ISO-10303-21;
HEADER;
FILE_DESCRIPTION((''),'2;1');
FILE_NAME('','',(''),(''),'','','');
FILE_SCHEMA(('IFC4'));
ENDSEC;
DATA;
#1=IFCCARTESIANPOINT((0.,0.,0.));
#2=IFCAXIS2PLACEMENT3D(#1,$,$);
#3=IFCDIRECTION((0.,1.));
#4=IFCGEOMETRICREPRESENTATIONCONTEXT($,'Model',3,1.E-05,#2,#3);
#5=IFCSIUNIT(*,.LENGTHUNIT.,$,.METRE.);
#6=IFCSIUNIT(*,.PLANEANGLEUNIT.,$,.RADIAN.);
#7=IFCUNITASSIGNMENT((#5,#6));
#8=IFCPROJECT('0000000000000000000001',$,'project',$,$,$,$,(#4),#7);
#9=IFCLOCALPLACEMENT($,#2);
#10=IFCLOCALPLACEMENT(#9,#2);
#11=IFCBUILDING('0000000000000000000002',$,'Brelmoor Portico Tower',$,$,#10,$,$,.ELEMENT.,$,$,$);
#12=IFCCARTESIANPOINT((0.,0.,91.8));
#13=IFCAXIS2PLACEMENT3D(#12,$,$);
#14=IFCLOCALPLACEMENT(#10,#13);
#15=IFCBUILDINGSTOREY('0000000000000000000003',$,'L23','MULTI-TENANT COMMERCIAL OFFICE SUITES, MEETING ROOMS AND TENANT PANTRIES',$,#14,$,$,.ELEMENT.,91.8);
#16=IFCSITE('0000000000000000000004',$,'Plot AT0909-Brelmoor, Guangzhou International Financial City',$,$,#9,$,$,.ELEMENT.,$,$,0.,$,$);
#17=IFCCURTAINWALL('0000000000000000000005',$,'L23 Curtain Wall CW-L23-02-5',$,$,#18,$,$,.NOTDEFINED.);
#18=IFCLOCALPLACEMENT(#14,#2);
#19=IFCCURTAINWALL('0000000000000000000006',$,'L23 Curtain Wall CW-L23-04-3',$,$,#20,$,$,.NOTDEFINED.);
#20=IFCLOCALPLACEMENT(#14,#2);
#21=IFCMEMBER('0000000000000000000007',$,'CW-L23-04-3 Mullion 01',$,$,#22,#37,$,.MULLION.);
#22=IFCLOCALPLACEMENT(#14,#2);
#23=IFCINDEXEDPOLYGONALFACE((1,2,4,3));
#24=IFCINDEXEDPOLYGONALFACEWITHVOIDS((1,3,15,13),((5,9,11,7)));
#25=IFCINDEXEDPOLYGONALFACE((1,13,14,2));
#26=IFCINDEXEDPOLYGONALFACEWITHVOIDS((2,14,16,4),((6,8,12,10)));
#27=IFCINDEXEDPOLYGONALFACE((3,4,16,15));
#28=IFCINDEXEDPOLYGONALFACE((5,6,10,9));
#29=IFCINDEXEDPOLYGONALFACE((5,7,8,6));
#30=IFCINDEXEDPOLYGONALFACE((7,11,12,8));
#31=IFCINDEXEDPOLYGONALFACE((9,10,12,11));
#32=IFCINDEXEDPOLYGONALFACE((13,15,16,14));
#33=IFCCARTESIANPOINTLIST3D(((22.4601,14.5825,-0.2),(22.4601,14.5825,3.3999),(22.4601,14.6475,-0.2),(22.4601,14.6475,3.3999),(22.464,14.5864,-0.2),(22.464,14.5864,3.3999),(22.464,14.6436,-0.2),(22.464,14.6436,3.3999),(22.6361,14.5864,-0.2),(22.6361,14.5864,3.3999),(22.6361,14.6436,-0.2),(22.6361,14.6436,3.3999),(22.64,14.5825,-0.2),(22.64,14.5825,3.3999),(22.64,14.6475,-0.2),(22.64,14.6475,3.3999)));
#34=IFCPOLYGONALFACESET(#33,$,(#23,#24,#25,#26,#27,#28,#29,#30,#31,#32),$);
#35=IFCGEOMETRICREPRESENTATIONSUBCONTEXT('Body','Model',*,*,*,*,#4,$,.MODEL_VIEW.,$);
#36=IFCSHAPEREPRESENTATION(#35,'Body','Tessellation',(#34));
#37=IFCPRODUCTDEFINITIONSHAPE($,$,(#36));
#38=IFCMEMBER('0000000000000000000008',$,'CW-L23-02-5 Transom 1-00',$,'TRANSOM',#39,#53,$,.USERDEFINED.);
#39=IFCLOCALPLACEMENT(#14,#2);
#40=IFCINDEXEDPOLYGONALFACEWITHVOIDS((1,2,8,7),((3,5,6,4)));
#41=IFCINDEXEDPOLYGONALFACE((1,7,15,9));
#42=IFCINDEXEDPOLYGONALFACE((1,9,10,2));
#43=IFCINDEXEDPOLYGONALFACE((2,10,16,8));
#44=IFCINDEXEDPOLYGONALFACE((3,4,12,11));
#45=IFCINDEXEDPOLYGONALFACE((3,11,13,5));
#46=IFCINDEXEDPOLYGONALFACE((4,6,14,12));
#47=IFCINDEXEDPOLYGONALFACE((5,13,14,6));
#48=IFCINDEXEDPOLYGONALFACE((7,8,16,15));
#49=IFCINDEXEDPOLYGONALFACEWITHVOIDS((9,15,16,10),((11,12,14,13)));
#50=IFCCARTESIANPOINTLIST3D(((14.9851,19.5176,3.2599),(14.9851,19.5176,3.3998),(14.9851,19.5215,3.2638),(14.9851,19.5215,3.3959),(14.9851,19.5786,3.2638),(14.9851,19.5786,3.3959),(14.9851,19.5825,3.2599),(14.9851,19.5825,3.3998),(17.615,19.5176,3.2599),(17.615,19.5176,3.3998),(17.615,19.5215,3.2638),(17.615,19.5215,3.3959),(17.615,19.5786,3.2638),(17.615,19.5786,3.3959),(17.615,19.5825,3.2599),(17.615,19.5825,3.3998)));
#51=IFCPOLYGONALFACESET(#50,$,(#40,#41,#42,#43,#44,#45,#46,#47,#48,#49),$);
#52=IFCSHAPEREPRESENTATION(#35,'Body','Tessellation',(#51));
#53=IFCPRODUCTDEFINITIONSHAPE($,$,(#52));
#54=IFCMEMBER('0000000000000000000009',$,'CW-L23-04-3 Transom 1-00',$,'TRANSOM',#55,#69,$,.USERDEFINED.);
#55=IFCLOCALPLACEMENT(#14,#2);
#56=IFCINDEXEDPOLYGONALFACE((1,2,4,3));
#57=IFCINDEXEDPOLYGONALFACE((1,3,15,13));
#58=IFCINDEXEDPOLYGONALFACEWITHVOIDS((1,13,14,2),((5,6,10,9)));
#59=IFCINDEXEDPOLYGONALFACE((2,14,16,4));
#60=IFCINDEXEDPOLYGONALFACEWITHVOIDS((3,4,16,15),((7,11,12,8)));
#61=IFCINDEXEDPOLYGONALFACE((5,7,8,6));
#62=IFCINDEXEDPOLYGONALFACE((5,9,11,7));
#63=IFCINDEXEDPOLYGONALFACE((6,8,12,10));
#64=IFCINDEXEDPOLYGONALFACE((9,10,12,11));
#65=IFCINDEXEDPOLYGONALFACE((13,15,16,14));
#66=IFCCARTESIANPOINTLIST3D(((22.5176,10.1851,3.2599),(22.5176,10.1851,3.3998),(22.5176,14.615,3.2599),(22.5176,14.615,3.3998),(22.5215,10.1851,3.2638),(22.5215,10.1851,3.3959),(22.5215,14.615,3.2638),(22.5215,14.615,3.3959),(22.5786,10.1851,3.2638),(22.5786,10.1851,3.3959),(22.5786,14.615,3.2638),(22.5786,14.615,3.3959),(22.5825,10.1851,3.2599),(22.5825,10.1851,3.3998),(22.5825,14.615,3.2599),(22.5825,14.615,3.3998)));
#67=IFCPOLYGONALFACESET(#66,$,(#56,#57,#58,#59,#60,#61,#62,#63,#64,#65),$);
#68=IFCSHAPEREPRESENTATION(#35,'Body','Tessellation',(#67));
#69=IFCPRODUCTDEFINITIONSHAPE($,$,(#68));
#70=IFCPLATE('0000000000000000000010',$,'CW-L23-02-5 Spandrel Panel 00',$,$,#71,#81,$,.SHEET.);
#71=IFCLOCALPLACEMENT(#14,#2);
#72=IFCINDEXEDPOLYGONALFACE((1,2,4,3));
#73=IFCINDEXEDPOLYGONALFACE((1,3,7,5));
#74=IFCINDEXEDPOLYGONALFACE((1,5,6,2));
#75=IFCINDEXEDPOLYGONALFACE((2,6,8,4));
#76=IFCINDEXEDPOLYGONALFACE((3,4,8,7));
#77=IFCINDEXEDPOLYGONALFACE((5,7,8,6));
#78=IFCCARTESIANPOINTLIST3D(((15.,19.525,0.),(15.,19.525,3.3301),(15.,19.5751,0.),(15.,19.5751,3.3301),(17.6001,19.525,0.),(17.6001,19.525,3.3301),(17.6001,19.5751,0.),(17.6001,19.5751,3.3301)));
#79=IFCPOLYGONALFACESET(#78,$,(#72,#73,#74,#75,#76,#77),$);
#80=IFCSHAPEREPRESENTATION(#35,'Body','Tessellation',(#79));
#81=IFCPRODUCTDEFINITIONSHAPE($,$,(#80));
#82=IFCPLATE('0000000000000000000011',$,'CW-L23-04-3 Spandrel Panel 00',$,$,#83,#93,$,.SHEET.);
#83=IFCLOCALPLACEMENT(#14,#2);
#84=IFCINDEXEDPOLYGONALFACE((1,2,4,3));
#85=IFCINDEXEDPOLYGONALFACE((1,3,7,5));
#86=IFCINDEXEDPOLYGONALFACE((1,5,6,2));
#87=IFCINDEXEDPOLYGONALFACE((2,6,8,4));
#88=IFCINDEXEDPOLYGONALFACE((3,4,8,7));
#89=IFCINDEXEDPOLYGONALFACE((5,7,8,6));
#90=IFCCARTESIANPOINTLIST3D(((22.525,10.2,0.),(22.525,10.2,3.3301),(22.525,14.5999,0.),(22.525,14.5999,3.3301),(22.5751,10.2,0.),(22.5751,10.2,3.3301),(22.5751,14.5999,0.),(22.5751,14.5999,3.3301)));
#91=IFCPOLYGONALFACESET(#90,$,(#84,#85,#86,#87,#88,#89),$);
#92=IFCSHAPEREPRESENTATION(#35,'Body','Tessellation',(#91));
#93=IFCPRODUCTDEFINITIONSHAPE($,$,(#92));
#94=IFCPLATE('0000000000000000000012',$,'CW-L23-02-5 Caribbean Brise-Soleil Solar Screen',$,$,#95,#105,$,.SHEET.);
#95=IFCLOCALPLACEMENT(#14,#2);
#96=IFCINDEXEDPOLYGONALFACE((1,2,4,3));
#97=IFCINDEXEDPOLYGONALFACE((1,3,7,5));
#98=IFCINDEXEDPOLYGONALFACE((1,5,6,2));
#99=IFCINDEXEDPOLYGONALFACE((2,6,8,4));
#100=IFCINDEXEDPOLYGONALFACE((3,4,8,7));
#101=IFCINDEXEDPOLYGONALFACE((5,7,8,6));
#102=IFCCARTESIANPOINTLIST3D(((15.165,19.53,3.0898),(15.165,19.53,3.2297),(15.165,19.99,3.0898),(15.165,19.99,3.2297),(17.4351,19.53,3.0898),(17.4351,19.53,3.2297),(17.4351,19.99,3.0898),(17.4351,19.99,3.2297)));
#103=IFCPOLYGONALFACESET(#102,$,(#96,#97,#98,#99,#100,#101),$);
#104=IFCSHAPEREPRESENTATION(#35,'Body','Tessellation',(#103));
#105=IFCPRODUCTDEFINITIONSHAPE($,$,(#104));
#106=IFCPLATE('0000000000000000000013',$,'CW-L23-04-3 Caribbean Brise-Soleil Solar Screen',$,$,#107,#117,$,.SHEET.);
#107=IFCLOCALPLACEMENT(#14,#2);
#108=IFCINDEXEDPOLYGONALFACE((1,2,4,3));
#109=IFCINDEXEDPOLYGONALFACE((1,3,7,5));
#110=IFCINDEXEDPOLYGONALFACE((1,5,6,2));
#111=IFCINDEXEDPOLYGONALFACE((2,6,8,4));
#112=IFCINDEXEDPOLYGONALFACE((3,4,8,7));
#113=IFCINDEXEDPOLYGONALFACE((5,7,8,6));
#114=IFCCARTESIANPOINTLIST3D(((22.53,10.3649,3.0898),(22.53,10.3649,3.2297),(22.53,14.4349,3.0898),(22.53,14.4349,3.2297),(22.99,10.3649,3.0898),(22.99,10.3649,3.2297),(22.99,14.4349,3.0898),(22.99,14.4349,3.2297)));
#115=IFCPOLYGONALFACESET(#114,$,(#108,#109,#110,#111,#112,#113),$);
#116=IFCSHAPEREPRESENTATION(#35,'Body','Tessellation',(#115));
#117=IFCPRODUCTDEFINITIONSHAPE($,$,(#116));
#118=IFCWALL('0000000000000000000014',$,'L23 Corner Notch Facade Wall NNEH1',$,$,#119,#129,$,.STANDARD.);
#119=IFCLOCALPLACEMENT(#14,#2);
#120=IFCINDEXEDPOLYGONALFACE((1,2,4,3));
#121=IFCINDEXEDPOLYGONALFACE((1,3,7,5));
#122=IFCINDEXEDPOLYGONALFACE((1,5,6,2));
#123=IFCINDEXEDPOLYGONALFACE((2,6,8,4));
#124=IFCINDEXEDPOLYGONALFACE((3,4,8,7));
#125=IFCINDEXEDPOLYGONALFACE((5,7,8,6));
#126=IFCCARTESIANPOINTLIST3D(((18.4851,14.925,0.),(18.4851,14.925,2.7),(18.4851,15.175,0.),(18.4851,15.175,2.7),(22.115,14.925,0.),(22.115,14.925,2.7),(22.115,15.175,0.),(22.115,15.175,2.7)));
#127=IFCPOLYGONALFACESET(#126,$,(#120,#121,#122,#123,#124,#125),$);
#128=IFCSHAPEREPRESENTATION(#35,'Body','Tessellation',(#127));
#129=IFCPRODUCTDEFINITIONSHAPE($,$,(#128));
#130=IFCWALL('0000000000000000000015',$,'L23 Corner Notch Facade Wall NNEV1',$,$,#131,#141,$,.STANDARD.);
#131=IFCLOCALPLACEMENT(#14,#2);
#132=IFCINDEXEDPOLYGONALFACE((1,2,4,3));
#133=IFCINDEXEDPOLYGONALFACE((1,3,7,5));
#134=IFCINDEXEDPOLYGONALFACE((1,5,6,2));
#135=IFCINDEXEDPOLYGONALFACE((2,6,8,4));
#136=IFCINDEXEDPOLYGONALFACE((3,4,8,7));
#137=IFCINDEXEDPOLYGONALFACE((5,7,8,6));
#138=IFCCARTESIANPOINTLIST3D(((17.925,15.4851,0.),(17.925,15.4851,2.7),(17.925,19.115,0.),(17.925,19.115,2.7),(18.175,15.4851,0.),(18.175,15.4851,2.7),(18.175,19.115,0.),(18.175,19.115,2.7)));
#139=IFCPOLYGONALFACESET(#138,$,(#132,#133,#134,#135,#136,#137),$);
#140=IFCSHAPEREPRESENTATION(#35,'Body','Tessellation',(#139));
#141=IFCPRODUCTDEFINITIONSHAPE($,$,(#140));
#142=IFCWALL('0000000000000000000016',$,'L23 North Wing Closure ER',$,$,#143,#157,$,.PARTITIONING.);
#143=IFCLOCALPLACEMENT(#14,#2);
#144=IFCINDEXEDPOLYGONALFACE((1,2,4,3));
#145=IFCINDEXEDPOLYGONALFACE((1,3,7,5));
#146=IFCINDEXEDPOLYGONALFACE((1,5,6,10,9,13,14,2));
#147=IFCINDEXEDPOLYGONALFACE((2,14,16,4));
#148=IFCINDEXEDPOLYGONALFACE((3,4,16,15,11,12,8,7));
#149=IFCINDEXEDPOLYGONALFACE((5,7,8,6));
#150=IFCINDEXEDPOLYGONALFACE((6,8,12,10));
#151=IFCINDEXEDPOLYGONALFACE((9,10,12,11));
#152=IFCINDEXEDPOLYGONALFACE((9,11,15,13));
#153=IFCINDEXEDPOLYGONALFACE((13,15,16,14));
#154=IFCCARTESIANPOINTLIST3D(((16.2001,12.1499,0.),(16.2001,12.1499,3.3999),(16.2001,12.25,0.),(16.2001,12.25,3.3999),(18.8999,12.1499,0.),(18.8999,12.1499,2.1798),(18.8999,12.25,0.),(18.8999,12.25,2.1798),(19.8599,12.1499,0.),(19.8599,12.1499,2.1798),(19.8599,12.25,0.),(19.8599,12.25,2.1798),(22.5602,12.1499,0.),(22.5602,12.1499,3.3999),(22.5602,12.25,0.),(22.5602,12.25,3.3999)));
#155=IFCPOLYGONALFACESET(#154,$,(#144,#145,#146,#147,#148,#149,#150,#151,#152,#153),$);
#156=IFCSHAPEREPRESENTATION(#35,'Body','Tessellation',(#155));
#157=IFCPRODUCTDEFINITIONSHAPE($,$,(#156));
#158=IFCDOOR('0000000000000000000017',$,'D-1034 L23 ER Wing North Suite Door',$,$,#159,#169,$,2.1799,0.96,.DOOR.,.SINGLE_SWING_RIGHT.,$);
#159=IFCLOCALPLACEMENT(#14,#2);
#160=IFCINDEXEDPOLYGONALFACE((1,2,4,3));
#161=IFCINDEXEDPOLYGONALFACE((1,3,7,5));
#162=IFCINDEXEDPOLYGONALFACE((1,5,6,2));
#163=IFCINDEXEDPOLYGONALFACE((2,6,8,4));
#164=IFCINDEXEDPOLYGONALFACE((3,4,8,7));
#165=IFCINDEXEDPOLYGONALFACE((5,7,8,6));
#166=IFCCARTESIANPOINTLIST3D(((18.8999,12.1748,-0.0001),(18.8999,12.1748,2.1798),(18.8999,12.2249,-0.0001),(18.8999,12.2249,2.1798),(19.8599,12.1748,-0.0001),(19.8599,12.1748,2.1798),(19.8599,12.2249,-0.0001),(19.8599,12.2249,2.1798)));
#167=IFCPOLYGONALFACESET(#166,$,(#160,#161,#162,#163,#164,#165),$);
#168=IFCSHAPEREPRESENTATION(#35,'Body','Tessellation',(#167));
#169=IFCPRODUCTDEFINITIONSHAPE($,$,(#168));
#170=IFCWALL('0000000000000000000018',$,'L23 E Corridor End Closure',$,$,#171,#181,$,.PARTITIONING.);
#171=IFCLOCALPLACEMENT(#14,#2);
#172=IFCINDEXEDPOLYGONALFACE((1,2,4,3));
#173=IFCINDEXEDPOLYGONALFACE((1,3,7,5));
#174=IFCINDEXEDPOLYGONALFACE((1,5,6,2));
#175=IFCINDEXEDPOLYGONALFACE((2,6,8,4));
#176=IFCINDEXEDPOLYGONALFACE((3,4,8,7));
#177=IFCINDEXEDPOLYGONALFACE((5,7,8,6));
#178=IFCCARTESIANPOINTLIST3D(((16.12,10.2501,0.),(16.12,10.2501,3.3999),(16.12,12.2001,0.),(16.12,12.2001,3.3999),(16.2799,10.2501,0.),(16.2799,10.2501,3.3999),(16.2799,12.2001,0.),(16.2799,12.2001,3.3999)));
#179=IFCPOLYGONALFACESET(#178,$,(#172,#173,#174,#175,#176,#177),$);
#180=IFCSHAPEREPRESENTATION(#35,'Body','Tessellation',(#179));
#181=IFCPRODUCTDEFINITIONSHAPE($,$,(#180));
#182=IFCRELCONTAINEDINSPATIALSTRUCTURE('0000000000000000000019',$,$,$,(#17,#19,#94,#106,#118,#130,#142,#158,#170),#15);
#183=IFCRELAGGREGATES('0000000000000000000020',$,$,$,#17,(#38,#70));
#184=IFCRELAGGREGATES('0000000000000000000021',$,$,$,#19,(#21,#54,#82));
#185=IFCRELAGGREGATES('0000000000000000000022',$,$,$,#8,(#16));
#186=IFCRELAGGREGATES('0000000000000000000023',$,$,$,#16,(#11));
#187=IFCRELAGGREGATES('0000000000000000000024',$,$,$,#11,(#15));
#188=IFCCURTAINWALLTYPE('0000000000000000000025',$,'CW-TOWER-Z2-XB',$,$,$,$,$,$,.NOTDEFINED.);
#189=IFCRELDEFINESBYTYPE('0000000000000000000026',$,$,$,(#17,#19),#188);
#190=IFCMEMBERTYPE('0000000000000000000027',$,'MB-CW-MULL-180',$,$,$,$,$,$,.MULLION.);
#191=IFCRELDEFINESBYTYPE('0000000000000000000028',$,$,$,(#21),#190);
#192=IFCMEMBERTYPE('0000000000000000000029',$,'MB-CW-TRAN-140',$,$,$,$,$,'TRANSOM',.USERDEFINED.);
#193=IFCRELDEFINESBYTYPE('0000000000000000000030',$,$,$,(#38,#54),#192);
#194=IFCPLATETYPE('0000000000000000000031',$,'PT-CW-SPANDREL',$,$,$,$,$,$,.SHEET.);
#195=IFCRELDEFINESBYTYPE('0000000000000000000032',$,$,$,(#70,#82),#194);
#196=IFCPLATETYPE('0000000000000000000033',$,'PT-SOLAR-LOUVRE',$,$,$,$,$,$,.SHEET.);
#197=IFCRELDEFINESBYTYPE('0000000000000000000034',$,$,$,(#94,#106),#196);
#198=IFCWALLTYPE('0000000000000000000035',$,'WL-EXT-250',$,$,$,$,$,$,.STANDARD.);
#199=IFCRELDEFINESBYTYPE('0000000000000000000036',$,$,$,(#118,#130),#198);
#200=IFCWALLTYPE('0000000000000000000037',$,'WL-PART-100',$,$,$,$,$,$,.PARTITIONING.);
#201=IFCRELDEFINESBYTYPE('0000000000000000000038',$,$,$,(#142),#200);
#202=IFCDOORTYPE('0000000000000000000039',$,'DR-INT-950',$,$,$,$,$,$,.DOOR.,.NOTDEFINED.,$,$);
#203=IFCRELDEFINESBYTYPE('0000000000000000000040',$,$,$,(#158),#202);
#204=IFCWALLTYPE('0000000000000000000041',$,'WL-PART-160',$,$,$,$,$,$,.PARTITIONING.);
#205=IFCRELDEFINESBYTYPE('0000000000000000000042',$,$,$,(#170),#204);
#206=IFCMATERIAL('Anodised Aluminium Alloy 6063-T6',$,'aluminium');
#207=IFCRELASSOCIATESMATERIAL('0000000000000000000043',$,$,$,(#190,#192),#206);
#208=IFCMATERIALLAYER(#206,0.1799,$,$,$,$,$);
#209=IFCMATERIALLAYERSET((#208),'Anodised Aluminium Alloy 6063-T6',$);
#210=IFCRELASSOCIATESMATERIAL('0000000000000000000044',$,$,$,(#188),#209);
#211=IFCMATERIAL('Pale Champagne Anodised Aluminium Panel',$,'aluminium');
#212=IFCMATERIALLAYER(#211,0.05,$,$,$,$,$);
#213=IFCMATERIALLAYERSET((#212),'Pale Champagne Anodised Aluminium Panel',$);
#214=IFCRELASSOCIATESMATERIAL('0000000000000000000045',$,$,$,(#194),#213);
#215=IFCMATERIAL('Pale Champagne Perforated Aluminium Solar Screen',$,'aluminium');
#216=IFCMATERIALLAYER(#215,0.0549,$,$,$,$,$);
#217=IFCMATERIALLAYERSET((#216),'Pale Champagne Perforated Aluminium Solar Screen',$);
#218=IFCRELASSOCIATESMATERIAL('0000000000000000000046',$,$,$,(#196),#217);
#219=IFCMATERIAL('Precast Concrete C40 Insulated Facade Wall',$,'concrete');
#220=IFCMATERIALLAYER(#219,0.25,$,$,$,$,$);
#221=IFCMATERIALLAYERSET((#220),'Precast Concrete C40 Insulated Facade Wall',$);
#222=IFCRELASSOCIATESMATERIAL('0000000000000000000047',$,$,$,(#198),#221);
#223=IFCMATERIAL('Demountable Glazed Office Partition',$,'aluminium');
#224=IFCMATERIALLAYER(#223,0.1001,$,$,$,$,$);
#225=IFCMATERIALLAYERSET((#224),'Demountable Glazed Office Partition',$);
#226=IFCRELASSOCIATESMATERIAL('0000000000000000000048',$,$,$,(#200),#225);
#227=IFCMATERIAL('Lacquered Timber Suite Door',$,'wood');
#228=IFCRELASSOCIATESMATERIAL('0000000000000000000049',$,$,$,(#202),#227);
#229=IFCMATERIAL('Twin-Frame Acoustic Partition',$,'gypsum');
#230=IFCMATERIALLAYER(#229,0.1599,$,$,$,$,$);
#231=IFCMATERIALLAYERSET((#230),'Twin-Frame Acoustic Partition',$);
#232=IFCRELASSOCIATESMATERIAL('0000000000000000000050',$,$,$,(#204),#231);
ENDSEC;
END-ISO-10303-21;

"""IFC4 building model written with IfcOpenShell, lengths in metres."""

from ifc_helpers import new_model, si_unit, direction, frame, frame_2d, origin, origin_2d, place, context, subcontext, project, spatial, rectangle, hollow_rectangle, extrude, material, layer, layer_set, material_profile, profile_set, type_object, element, fill, aggregate, save


model = new_model("IFC4")

# Units and contexts
model_context = context("Model", 3, precision=1e-05, world=origin(), true_north=direction((0.0, 1.0)))
body_context = subcontext(model_context, "Body", "Model", "MODEL_VIEW")
ifc_project = project(units=[si_unit("LENGTHUNIT", "METRE"), si_unit("PLANEANGLEUNIT", "RADIAN")], contexts=[model_context])

# Site, building, storey
site_placement = place(None, origin())
site = spatial("IfcSite", under=ifc_project, at=site_placement, Name="Plot AT0909-Brelmoor, Guangzhou International Financial City", CompositionType="ELEMENT", RefElevation=0.0)
building_placement = place(site_placement, origin())
building = spatial("IfcBuilding", under=site, at=building_placement, Name="Brelmoor Portico Tower", CompositionType="ELEMENT")
storey_placement = place(building_placement, frame((0.0, 0.0, 91.8)))
storey = spatial("IfcBuildingStorey", under=building, at=storey_placement, Name="L23", Description="MULTI-TENANT COMMERCIAL OFFICE SUITES, MEETING ROOMS AND TENANT PANTRIES", CompositionType="ELEMENT", Elevation=91.8)

# Shared definitions
ifc_material_1 = material(Name="Anodised Aluminium Alloy 6063-T6", Category="aluminium")
ifc_material_profile_1 = material_profile(ifc_material_1, hollow_rectangle(XDim=0.0649, YDim=0.1799, WallThickness=0.0039, at=origin_2d()), Name="ALU MULLION 65x180")
ifc_profile_set_1 = profile_set([ifc_material_profile_1], Name="Anodised Aluminium Alloy 6063-T6")
member_type_1 = type_object("IfcMemberType", Name="MB-CW-MULL-180", PredefinedType="MULLION", material=ifc_profile_set_1)

# Curtain wall
ifc_layer_1 = layer(ifc_material_1, 0.1799)
ifc_layer_set_1 = layer_set([ifc_layer_1], Name="Anodised Aluminium Alloy 6063-T6")
curtain_wall_type_1 = type_object("IfcCurtainWallType", Name="CW-TOWER-Z2-XB", PredefinedType="NOTDEFINED", material=ifc_layer_set_1)
curtain_wall_1_placement = place(storey_placement, origin())
curtain_wall_1 = element("IfcCurtainWall", 1, at=curtain_wall_1_placement, inside=storey, type_object=curtain_wall_type_1, Name="L23 Curtain Wall CW-L23-02-5", PredefinedType="NOTDEFINED")

# Curtain wall, member
curtain_wall_2_placement = place(storey_placement, origin())
curtain_wall_2 = element("IfcCurtainWall", 2, at=curtain_wall_2_placement, inside=storey, type_object=curtain_wall_type_1, Name="L23 Curtain Wall CW-L23-04-3", PredefinedType="NOTDEFINED")
member_1_placement = place(storey_placement, frame((22.55, 14.615, -0.2), z_axis=(0.0, 0.0, 1.0), x_axis=(0.0, 1.0, 0.0)))
member_1 = element("IfcMember", 3, at=member_1_placement, type_object=member_type_1, Name="CW-L23-04-3 Mullion 01", PredefinedType="MULLION", context=body_context, shape_type="SweptSolid", body=[
    extrude(hollow_rectangle(XDim=0.0649, YDim=0.1799, WallThickness=0.0039, at=origin_2d()), origin(), (0.0, 0.0, 1.0), 3.5999),
])

# Members
ifc_material_profile_2 = material_profile(ifc_material_1, hollow_rectangle(XDim=0.0649, YDim=0.1399, WallThickness=0.0039, at=origin_2d()), Name="ALU TRANSOM 65x140")
ifc_profile_set_2 = profile_set([ifc_material_profile_2], Name="Anodised Aluminium Alloy 6063-T6")
member_type_2 = type_object("IfcMemberType", Name="MB-CW-TRAN-140", ElementType="TRANSOM", PredefinedType="USERDEFINED", material=ifc_profile_set_2)
member_2_placement = place(storey_placement, frame((14.9851, 19.55, 3.3298), z_axis=(1.0, 0.0, 0.0), x_axis=(0.0, 1.0, 0.0)))
member_2 = element("IfcMember", 4, at=member_2_placement, type_object=member_type_2, Name="CW-L23-02-5 Transom 1-00", ObjectType="TRANSOM", PredefinedType="USERDEFINED", context=body_context, shape_type="SweptSolid", body=[
    extrude(hollow_rectangle(XDim=0.0649, YDim=0.1399, WallThickness=0.0039, at=origin_2d()), origin(), (0.0, 0.0, 1.0), 2.6299),
])
member_3_placement = place(storey_placement, frame((22.55, 10.1851, 3.3298), z_axis=(0.0, 1.0, 0.0), x_axis=(-1.0, 0.0, 0.0)))
member_3 = element("IfcMember", 5, at=member_3_placement, type_object=member_type_2, Name="CW-L23-04-3 Transom 1-00", ObjectType="TRANSOM", PredefinedType="USERDEFINED", context=body_context, shape_type="SweptSolid", body=[
    extrude(hollow_rectangle(XDim=0.0649, YDim=0.1399, WallThickness=0.0039, at=origin_2d()), origin(), (0.0, 0.0, 1.0), 4.4299),
])

# Plates
ifc_material_2 = material(Name="Pale Champagne Anodised Aluminium Panel", Category="aluminium")
ifc_layer_2 = layer(ifc_material_2, 0.05)
ifc_layer_set_2 = layer_set([ifc_layer_2], Name="Pale Champagne Anodised Aluminium Panel")
plate_type_1 = type_object("IfcPlateType", Name="PT-CW-SPANDREL", PredefinedType="SHEET", material=ifc_layer_set_2)
plate_1_placement = place(storey_placement, frame((16.3, 19.55, 0.0), z_axis=(0.0, 0.0, 1.0), x_axis=(1.0, 0.0, 0.0)))
plate_1 = element("IfcPlate", 6, at=plate_1_placement, type_object=plate_type_1, Name="CW-L23-02-5 Spandrel Panel 00", PredefinedType="SHEET", context=body_context, shape_type="SweptSolid", body=[
    extrude(rectangle(XDim=2.6001, YDim=0.05, at=origin_2d()), origin(), (0.0, 0.0, 1.0), 3.3301),
])
aggregate(curtain_wall_1, [member_2, plate_1])
plate_2_placement = place(storey_placement, frame((22.55, 12.3999, 0.0), z_axis=(0.0, 0.0, 1.0), x_axis=(0.0, 1.0, 0.0)))
plate_2 = element("IfcPlate", 7, at=plate_2_placement, type_object=plate_type_1, Name="CW-L23-04-3 Spandrel Panel 00", PredefinedType="SHEET", context=body_context, shape_type="SweptSolid", body=[
    extrude(rectangle(XDim=4.3999, YDim=0.05, at=origin_2d()), origin(), (0.0, 0.0, 1.0), 3.3301),
])
aggregate(curtain_wall_2, [member_1, member_3, plate_2])

# Plates
ifc_material_3 = material(Name="Pale Champagne Perforated Aluminium Solar Screen", Category="aluminium")
ifc_layer_3 = layer(ifc_material_3, 0.0549)
ifc_layer_set_3 = layer_set([ifc_layer_3], Name="Pale Champagne Perforated Aluminium Solar Screen")
plate_type_2 = type_object("IfcPlateType", Name="PT-SOLAR-LOUVRE", PredefinedType="SHEET", material=ifc_layer_set_3)
plate_3_placement = place(storey_placement, frame((16.3, 19.76, 3.0898), z_axis=(0.0, 0.0, 1.0), x_axis=(1.0, 0.0, 0.0)))
element("IfcPlate", 8, at=plate_3_placement, inside=storey, type_object=plate_type_2, Name="CW-L23-02-5 Caribbean Brise-Soleil Solar Screen", PredefinedType="SHEET", context=body_context, shape_type="SweptSolid", body=[
    extrude(rectangle(XDim=2.27, YDim=0.46, at=origin_2d()), origin(), (0.0, 0.0, 1.0), 0.1399),
])
plate_4_placement = place(storey_placement, frame((22.76, 12.3999, 3.0898), z_axis=(0.0, 0.0, 1.0), x_axis=(0.0, 1.0, 0.0)))
element("IfcPlate", 9, at=plate_4_placement, inside=storey, type_object=plate_type_2, Name="CW-L23-04-3 Caribbean Brise-Soleil Solar Screen", PredefinedType="SHEET", context=body_context, shape_type="SweptSolid", body=[
    extrude(rectangle(XDim=4.0701, YDim=0.46, at=origin_2d()), origin(), (0.0, 0.0, 1.0), 0.1399),
])

# Walls
ifc_material_4 = material(Name="Precast Concrete C40 Insulated Facade Wall", Category="concrete")
ifc_layer_4 = layer(ifc_material_4, 0.25)
ifc_layer_set_4 = layer_set([ifc_layer_4], Name="Precast Concrete C40 Insulated Facade Wall")
wall_type_1 = type_object("IfcWallType", Name="WL-EXT-250", PredefinedType="STANDARD", material=ifc_layer_set_4)
for number, where, z_axis, x_axis, name in (
    (10, (18.4851, 15.05, 0.0), (0.0, 0.0, 1.0), (1.0, 0.0, 0.0), "L23 Corner Notch Facade Wall NNEH1"),
    (11, (18.05, 15.4851, 0.0), (0.0, 0.0, 1.0), (0.0, 1.0, 0.0), "L23 Corner Notch Facade Wall NNEV1"),
):
    element("IfcWall", number, at=place(storey_placement, frame(where, z_axis=z_axis, x_axis=x_axis)), inside=storey, type_object=wall_type_1, Name=name, PredefinedType="STANDARD", context=body_context, shape_type="SweptSolid", body=[
        extrude(rectangle(XDim=3.6299, YDim=0.25, at=frame_2d((1.8149, 0.0))), origin(), (0.0, 0.0, 1.0), 2.7),
    ])

# Wall, opening, door
ifc_material_5 = material(Name="Demountable Glazed Office Partition", Category="aluminium")
ifc_layer_5 = layer(ifc_material_5, 0.1001)
ifc_layer_set_5 = layer_set([ifc_layer_5], Name="Demountable Glazed Office Partition")
wall_type_2 = type_object("IfcWallType", Name="WL-PART-100", PredefinedType="PARTITIONING", material=ifc_layer_set_5)
wall_1_placement = place(storey_placement, frame((16.2, 12.2, 0.0), z_axis=(0.0, 0.0, 1.0), x_axis=(1.0, 0.0, 0.0)))
wall_1 = element("IfcWall", 12, at=wall_1_placement, inside=storey, type_object=wall_type_2, Name="L23 North Wing Closure ER", PredefinedType="PARTITIONING", context=body_context, shape_type="SweptSolid", body=[
    extrude(rectangle(XDim=6.3601, YDim=0.1001, at=frame_2d((3.1802, 0.0))), origin(), (0.0, 0.0, 1.0), 3.3999),
])
opening_1_placement = place(wall_1_placement, frame((2.7, 0.0, 0.0)))
opening_1 = element("IfcOpeningElement", 13, at=opening_1_placement, cuts=wall_1, PredefinedType="OPENING", context=body_context, shape_type="SweptSolid", body=[
    extrude(rectangle(XDim=0.96, YDim=2.1799, at=frame_2d((0.48, 1.0898))), frame((0.0, 0.0601, 0.0), z_axis=(0.0, -1.0, 0.0), x_axis=(1.0, 0.0, 0.0)), (0.0, 0.0, 1.0), 0.1201),
])
ifc_material_6 = material(Name="Lacquered Timber Suite Door", Category="wood")
door_type_1 = type_object("IfcDoorType", Name="DR-INT-950", OperationType="NOTDEFINED", PredefinedType="DOOR", material=ifc_material_6)
door_1_placement = place(opening_1_placement, origin())
door_1 = element("IfcDoor", 14, at=door_1_placement, inside=storey, type_object=door_type_1, Name="D-1034 L23 ER Wing North Suite Door", OperationType="SINGLE_SWING_RIGHT", OverallHeight=2.1799, OverallWidth=0.96, PredefinedType="DOOR", context=body_context, shape_type="SweptSolid", body=[
    extrude(rectangle(XDim=0.96, YDim=2.1799, at=frame_2d((0.48, 1.0898))), frame((0.0, 0.0249, 0.0), z_axis=(0.0, -1.0, 0.0), x_axis=(1.0, 0.0, 0.0)), (0.0, 0.0, 1.0), 0.05),
])
fill(opening_1, door_1)
ifc_material_7 = material(Name="Twin-Frame Acoustic Partition", Category="gypsum")
ifc_layer_6 = layer(ifc_material_7, 0.1599)
ifc_layer_set_6 = layer_set([ifc_layer_6], Name="Twin-Frame Acoustic Partition")
wall_type_3 = type_object("IfcWallType", Name="WL-PART-160", PredefinedType="PARTITIONING", material=ifc_layer_set_6)

# Wall
wall_2_placement = place(storey_placement, frame((16.2, 10.25, 0.0), z_axis=(0.0, 0.0, 1.0), x_axis=(0.0, 1.0, 0.0)))
element("IfcWall", 15, at=wall_2_placement, inside=storey, type_object=wall_type_3, Name="L23 E Corridor End Closure", PredefinedType="PARTITIONING", context=body_context, shape_type="SweptSolid", body=[
    extrude(rectangle(XDim=1.95, YDim=0.1599, at=frame_2d((0.9751, 0.0))), origin(), (0.0, 0.0, 1.0), 3.3999),
])

save(model, "model.ifc")
